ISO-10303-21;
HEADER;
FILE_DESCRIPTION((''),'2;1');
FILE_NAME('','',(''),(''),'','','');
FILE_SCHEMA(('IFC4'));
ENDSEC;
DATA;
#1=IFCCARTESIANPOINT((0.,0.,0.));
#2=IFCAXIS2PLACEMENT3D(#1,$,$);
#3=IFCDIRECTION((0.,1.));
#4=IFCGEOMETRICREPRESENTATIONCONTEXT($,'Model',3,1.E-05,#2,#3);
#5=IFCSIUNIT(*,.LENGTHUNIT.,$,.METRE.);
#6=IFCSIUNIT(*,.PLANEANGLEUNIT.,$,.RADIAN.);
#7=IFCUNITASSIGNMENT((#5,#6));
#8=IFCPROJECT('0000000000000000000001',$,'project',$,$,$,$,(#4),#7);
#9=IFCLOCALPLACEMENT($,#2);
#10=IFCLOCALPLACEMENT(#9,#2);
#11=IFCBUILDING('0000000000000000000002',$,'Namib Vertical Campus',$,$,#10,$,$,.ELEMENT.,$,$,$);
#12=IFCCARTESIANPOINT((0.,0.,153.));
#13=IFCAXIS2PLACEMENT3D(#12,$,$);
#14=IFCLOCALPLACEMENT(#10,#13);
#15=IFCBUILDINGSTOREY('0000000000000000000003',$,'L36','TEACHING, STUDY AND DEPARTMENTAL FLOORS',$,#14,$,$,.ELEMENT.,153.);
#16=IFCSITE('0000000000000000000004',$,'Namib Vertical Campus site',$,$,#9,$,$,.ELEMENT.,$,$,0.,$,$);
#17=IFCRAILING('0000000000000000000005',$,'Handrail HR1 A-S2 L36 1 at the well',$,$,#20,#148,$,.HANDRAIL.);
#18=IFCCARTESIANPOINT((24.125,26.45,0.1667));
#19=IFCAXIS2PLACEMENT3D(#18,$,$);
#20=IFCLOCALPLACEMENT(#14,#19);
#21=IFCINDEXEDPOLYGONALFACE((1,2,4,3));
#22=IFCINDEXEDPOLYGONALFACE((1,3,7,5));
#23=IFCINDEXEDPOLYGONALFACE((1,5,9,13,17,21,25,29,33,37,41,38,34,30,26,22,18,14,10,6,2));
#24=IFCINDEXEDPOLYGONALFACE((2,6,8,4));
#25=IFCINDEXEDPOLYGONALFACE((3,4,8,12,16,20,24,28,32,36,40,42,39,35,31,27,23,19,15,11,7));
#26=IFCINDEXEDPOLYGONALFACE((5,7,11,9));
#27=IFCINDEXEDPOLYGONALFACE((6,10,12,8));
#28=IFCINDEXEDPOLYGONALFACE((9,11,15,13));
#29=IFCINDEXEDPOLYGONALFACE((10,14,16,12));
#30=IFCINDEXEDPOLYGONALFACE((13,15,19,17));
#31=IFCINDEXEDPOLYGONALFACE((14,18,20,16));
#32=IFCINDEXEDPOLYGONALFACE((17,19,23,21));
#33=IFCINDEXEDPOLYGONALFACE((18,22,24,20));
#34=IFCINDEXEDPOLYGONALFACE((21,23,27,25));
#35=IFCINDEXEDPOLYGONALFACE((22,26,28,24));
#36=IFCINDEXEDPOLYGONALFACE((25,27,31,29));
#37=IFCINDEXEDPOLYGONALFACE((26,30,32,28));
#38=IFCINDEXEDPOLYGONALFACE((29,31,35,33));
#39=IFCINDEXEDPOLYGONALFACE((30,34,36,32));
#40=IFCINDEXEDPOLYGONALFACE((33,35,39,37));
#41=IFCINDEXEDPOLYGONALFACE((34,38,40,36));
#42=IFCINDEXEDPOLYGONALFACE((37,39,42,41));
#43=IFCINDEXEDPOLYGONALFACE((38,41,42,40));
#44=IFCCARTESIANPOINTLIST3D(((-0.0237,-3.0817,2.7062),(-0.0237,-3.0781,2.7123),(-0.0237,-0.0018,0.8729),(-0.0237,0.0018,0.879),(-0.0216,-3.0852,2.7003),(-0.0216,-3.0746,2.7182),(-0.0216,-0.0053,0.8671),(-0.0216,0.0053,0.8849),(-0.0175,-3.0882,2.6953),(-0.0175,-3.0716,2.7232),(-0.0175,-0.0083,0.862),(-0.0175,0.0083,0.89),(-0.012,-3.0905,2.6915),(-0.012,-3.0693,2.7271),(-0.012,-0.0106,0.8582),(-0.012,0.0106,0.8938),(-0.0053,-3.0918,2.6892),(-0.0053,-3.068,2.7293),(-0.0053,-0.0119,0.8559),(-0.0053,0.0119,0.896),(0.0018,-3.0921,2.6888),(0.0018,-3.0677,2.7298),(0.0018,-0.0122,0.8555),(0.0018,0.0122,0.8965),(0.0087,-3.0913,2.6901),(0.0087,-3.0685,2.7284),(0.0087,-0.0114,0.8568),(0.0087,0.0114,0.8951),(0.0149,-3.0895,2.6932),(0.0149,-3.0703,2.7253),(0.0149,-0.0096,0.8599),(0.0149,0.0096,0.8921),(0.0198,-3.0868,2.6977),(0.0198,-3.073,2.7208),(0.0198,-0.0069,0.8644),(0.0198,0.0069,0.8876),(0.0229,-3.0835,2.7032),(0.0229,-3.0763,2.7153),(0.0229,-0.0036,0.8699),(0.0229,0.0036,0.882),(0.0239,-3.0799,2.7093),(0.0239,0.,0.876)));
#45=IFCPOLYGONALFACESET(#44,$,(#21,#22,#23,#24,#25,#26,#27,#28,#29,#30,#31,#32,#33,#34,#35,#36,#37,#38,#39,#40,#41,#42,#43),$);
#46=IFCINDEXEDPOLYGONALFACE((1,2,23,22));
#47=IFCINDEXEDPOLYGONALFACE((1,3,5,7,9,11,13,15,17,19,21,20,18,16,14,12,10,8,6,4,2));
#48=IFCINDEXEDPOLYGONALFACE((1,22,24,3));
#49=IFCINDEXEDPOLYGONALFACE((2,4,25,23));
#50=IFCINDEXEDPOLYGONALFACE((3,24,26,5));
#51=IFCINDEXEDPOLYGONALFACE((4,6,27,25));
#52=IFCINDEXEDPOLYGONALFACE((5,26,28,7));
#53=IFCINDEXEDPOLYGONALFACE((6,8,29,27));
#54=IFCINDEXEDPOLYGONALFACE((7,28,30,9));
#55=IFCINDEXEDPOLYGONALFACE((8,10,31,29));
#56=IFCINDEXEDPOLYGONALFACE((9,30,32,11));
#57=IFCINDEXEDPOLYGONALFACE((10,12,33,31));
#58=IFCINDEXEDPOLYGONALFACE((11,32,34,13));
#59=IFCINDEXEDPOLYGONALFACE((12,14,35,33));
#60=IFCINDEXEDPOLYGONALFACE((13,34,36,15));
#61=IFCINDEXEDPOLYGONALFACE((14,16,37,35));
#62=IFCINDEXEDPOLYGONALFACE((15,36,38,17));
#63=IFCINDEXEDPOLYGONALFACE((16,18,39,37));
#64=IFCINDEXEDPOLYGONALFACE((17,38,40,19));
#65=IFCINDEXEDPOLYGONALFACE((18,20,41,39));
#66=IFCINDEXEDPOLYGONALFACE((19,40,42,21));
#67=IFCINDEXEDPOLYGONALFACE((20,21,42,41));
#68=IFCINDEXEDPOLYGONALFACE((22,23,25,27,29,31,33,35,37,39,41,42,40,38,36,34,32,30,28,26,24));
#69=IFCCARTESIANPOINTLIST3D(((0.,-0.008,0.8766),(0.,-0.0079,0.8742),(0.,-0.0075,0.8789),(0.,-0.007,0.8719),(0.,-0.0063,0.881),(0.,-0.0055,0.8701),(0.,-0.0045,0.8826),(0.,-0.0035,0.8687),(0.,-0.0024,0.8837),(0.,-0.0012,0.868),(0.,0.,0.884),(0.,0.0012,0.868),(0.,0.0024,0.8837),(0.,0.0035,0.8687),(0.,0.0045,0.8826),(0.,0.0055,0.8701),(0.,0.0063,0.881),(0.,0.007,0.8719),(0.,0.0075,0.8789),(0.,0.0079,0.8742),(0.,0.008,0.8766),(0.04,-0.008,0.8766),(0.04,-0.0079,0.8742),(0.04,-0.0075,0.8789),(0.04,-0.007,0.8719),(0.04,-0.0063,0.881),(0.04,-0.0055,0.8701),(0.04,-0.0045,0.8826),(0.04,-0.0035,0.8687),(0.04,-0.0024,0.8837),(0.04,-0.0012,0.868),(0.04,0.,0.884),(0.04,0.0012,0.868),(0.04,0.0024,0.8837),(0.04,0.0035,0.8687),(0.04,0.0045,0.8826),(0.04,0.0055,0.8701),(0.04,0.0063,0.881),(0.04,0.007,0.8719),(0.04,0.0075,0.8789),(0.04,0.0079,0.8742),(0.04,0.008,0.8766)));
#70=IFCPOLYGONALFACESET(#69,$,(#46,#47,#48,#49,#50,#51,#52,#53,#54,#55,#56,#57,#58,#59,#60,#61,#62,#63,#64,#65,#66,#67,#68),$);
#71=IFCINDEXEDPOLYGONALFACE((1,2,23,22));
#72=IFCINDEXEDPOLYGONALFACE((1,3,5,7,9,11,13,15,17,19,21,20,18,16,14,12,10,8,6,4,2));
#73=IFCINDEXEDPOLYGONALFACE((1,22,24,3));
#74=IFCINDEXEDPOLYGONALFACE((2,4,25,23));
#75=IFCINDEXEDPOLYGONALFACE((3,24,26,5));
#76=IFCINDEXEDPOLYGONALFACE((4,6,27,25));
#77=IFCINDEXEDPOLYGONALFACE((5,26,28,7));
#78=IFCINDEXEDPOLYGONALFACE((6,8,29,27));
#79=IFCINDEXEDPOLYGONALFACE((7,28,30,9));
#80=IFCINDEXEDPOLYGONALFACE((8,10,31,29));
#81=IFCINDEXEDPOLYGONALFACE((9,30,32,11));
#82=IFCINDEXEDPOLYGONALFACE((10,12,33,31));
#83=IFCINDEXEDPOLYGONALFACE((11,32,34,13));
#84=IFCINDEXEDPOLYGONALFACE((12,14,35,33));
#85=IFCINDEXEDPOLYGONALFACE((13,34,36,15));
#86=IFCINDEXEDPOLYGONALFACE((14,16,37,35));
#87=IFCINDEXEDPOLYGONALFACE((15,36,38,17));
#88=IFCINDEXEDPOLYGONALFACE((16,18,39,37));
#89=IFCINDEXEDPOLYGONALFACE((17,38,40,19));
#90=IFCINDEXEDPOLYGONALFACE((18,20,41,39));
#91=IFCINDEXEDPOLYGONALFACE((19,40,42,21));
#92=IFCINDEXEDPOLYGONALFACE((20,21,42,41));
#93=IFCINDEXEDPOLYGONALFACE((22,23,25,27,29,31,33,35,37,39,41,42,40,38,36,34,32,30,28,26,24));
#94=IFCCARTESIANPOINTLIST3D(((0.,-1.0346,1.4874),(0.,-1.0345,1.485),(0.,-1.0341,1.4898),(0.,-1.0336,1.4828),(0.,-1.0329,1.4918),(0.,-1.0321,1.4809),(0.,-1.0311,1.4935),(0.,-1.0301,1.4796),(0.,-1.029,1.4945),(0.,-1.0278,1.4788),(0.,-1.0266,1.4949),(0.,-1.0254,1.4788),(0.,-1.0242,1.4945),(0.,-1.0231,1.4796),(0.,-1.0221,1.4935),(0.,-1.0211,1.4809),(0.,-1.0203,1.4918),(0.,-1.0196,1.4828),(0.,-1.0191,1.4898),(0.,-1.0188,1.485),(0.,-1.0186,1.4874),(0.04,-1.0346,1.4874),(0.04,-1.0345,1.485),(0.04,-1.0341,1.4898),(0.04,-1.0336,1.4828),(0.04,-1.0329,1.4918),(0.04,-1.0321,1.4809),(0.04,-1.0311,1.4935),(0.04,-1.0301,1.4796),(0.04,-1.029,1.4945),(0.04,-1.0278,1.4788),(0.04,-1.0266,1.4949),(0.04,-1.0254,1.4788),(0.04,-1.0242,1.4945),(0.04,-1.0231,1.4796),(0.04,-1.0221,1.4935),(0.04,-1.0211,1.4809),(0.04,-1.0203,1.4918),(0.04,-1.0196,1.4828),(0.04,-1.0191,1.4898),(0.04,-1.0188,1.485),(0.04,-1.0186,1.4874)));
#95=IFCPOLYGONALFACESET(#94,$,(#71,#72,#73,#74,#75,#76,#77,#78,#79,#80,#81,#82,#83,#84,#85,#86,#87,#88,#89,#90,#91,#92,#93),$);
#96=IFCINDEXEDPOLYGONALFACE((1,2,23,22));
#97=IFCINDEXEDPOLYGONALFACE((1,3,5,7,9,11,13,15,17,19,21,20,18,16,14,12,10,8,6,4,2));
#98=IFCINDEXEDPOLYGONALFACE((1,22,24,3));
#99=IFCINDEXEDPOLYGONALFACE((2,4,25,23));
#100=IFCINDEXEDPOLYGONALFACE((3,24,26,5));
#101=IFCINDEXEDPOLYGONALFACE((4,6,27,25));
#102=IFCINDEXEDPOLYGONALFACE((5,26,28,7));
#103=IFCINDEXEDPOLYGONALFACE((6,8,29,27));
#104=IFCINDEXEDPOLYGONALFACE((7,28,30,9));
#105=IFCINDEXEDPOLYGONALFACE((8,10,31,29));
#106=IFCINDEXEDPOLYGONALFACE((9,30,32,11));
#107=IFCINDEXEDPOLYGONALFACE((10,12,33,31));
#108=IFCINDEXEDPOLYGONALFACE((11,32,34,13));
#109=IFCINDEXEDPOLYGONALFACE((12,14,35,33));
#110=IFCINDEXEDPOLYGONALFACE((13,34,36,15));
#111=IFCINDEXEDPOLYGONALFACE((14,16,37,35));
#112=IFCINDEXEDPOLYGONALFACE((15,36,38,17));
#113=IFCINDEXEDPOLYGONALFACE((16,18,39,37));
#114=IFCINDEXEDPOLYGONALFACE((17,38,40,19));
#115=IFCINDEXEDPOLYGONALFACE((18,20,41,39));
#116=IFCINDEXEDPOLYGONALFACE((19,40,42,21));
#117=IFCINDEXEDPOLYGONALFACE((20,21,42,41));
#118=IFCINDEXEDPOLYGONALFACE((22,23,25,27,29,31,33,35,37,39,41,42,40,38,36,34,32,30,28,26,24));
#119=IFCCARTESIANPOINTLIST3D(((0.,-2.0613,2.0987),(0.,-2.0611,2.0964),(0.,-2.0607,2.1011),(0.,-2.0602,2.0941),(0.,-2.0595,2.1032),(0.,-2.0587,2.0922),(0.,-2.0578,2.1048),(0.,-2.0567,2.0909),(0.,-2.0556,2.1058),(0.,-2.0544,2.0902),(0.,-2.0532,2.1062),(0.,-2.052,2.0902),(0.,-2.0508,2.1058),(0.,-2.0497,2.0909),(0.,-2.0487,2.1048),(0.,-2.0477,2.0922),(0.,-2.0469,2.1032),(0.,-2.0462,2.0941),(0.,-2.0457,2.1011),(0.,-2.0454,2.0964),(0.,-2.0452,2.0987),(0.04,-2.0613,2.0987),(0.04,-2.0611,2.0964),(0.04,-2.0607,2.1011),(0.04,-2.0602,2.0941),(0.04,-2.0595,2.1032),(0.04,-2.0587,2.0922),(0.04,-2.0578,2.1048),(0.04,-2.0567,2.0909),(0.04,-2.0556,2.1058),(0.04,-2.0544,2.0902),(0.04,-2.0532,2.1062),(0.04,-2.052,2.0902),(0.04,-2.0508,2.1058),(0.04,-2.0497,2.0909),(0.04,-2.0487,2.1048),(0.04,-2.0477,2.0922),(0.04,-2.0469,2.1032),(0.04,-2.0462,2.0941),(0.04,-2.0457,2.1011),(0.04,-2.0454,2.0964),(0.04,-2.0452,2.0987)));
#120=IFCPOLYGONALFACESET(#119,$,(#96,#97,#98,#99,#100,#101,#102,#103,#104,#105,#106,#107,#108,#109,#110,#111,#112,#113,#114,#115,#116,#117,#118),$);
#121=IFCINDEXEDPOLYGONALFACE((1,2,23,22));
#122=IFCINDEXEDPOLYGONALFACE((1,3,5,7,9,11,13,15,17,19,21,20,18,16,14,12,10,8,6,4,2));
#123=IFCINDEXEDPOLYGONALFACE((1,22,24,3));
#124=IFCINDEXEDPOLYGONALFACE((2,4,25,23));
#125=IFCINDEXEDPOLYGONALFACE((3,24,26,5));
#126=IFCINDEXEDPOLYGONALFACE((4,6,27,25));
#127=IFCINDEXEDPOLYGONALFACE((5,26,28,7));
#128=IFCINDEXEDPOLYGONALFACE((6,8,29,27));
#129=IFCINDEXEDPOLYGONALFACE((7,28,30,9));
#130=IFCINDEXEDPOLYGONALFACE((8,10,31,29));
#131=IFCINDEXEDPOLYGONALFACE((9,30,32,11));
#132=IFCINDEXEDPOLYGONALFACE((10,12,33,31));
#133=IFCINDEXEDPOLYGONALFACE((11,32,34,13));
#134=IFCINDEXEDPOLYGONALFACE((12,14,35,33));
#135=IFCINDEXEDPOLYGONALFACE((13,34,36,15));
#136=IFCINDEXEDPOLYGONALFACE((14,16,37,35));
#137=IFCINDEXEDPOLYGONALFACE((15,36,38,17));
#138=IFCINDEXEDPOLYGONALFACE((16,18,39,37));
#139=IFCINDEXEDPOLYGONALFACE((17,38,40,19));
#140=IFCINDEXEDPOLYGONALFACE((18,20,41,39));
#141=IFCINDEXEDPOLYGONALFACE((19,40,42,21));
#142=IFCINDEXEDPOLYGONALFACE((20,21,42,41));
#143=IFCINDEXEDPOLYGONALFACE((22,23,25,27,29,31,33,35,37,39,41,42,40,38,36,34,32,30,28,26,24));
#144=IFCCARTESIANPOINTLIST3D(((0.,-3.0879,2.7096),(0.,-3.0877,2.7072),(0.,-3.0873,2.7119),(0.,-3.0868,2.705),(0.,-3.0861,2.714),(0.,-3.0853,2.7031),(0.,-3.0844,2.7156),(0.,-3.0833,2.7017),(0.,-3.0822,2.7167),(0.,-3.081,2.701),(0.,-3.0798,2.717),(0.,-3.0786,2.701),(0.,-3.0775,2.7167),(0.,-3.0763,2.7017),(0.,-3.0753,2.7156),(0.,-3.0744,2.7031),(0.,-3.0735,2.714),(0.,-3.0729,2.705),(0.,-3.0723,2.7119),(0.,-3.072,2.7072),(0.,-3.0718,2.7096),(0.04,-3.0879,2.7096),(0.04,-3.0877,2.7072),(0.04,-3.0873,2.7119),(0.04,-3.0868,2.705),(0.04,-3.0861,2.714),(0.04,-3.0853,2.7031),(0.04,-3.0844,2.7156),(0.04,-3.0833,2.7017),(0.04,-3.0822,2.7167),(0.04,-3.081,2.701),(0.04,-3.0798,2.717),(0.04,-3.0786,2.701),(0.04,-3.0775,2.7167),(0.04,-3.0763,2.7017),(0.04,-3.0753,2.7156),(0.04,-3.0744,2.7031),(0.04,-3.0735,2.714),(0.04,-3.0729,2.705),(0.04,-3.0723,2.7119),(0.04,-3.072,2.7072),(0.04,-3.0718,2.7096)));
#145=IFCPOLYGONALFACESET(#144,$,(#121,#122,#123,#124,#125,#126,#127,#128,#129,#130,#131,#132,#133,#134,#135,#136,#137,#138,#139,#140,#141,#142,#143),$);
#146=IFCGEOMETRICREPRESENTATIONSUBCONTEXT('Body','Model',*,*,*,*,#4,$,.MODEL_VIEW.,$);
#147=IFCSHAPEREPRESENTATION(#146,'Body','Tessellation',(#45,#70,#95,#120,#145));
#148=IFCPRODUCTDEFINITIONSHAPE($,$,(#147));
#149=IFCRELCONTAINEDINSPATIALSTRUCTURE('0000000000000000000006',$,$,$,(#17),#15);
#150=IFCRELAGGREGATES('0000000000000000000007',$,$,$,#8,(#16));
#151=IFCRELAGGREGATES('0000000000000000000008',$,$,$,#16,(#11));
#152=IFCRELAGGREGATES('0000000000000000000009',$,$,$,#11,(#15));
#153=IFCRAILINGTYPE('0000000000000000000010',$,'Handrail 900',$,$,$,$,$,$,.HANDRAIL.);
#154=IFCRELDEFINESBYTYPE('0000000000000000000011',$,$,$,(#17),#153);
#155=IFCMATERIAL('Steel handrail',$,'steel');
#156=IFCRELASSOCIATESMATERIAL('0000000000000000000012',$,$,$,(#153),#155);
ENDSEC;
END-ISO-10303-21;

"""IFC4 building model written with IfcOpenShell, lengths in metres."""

from ifc_helpers import new_model, si_unit, direction, frame, origin, origin_2d, place, context, subcontext, project, spatial, circle, extrude, material, type_object, element, save


model = new_model("IFC4")

# Units and contexts
model_context = context("Model", 3, precision=1e-05, world=origin(), true_north=direction((0.0, 1.0)))
body_context = subcontext(model_context, "Body", "Model", "MODEL_VIEW")
ifc_project = project(units=[si_unit("LENGTHUNIT", "METRE"), si_unit("PLANEANGLEUNIT", "RADIAN")], contexts=[model_context])

# Site, building, storey
site_placement = place(None, origin())
site = spatial("IfcSite", under=ifc_project, at=site_placement, Name="Namib Vertical Campus site", CompositionType="ELEMENT", RefElevation=0.0)
building_placement = place(site_placement, origin())
building = spatial("IfcBuilding", under=site, at=building_placement, Name="Namib Vertical Campus", CompositionType="ELEMENT")
storey_placement = place(building_placement, frame((0.0, 0.0, 153.0)))
storey = spatial("IfcBuildingStorey", under=building, at=storey_placement, Name="L36", Description="TEACHING, STUDY AND DEPARTMENTAL FLOORS", CompositionType="ELEMENT", Elevation=153.0)

# Railing
ifc_material_1 = material(Name="Steel handrail", Category="steel")
railing_type_1 = type_object("IfcRailingType", Name="Handrail 900", PredefinedType="HANDRAIL", material=ifc_material_1)
railing_1_placement = place(storey_placement, frame((24.125, 26.45, 0.1667)))
element("IfcRailing", 1, at=railing_1_placement, inside=storey, type_object=railing_type_1, Name="Handrail HR1 A-S2 L36 1 at the well", PredefinedType="HANDRAIL", context=body_context, shape_type="SweptSolid", body=[
    extrude(circle(Radius=0.0239, at=origin_2d()), frame((0.0, 0.0, 0.876), z_axis=(0.0, -0.859291, 0.511487), x_axis=(1.0, 0.0, 0.0)), (0.0, 0.0, 1.0), 3.5842),
    extrude(circle(Radius=0.0081, at=origin_2d()), frame((0.0, 0.0, 0.876), z_axis=(1.0, 0.0, 0.0), x_axis=(0.0, 0.0, 1.0)), (0.0, 0.0, 1.0), 0.04),
    extrude(circle(Radius=0.0081, at=origin_2d()), frame((0.0, -1.0266, 1.4868), z_axis=(1.0, 0.0, 0.0), x_axis=(0.0, 0.0, 1.0)), (0.0, 0.0, 1.0), 0.04),
    extrude(circle(Radius=0.0081, at=origin_2d()), frame((0.0, -2.0532, 2.0981), z_axis=(1.0, 0.0, 0.0), x_axis=(0.0, 0.0, 1.0)), (0.0, 0.0, 1.0), 0.04),
    extrude(circle(Radius=0.0081, at=origin_2d()), frame((0.0, -3.0798, 2.709), z_axis=(1.0, 0.0, 0.0), x_axis=(0.0, 0.0, 1.0)), (0.0, 0.0, 1.0), 0.04),
])

save(model, "model.ifc")
